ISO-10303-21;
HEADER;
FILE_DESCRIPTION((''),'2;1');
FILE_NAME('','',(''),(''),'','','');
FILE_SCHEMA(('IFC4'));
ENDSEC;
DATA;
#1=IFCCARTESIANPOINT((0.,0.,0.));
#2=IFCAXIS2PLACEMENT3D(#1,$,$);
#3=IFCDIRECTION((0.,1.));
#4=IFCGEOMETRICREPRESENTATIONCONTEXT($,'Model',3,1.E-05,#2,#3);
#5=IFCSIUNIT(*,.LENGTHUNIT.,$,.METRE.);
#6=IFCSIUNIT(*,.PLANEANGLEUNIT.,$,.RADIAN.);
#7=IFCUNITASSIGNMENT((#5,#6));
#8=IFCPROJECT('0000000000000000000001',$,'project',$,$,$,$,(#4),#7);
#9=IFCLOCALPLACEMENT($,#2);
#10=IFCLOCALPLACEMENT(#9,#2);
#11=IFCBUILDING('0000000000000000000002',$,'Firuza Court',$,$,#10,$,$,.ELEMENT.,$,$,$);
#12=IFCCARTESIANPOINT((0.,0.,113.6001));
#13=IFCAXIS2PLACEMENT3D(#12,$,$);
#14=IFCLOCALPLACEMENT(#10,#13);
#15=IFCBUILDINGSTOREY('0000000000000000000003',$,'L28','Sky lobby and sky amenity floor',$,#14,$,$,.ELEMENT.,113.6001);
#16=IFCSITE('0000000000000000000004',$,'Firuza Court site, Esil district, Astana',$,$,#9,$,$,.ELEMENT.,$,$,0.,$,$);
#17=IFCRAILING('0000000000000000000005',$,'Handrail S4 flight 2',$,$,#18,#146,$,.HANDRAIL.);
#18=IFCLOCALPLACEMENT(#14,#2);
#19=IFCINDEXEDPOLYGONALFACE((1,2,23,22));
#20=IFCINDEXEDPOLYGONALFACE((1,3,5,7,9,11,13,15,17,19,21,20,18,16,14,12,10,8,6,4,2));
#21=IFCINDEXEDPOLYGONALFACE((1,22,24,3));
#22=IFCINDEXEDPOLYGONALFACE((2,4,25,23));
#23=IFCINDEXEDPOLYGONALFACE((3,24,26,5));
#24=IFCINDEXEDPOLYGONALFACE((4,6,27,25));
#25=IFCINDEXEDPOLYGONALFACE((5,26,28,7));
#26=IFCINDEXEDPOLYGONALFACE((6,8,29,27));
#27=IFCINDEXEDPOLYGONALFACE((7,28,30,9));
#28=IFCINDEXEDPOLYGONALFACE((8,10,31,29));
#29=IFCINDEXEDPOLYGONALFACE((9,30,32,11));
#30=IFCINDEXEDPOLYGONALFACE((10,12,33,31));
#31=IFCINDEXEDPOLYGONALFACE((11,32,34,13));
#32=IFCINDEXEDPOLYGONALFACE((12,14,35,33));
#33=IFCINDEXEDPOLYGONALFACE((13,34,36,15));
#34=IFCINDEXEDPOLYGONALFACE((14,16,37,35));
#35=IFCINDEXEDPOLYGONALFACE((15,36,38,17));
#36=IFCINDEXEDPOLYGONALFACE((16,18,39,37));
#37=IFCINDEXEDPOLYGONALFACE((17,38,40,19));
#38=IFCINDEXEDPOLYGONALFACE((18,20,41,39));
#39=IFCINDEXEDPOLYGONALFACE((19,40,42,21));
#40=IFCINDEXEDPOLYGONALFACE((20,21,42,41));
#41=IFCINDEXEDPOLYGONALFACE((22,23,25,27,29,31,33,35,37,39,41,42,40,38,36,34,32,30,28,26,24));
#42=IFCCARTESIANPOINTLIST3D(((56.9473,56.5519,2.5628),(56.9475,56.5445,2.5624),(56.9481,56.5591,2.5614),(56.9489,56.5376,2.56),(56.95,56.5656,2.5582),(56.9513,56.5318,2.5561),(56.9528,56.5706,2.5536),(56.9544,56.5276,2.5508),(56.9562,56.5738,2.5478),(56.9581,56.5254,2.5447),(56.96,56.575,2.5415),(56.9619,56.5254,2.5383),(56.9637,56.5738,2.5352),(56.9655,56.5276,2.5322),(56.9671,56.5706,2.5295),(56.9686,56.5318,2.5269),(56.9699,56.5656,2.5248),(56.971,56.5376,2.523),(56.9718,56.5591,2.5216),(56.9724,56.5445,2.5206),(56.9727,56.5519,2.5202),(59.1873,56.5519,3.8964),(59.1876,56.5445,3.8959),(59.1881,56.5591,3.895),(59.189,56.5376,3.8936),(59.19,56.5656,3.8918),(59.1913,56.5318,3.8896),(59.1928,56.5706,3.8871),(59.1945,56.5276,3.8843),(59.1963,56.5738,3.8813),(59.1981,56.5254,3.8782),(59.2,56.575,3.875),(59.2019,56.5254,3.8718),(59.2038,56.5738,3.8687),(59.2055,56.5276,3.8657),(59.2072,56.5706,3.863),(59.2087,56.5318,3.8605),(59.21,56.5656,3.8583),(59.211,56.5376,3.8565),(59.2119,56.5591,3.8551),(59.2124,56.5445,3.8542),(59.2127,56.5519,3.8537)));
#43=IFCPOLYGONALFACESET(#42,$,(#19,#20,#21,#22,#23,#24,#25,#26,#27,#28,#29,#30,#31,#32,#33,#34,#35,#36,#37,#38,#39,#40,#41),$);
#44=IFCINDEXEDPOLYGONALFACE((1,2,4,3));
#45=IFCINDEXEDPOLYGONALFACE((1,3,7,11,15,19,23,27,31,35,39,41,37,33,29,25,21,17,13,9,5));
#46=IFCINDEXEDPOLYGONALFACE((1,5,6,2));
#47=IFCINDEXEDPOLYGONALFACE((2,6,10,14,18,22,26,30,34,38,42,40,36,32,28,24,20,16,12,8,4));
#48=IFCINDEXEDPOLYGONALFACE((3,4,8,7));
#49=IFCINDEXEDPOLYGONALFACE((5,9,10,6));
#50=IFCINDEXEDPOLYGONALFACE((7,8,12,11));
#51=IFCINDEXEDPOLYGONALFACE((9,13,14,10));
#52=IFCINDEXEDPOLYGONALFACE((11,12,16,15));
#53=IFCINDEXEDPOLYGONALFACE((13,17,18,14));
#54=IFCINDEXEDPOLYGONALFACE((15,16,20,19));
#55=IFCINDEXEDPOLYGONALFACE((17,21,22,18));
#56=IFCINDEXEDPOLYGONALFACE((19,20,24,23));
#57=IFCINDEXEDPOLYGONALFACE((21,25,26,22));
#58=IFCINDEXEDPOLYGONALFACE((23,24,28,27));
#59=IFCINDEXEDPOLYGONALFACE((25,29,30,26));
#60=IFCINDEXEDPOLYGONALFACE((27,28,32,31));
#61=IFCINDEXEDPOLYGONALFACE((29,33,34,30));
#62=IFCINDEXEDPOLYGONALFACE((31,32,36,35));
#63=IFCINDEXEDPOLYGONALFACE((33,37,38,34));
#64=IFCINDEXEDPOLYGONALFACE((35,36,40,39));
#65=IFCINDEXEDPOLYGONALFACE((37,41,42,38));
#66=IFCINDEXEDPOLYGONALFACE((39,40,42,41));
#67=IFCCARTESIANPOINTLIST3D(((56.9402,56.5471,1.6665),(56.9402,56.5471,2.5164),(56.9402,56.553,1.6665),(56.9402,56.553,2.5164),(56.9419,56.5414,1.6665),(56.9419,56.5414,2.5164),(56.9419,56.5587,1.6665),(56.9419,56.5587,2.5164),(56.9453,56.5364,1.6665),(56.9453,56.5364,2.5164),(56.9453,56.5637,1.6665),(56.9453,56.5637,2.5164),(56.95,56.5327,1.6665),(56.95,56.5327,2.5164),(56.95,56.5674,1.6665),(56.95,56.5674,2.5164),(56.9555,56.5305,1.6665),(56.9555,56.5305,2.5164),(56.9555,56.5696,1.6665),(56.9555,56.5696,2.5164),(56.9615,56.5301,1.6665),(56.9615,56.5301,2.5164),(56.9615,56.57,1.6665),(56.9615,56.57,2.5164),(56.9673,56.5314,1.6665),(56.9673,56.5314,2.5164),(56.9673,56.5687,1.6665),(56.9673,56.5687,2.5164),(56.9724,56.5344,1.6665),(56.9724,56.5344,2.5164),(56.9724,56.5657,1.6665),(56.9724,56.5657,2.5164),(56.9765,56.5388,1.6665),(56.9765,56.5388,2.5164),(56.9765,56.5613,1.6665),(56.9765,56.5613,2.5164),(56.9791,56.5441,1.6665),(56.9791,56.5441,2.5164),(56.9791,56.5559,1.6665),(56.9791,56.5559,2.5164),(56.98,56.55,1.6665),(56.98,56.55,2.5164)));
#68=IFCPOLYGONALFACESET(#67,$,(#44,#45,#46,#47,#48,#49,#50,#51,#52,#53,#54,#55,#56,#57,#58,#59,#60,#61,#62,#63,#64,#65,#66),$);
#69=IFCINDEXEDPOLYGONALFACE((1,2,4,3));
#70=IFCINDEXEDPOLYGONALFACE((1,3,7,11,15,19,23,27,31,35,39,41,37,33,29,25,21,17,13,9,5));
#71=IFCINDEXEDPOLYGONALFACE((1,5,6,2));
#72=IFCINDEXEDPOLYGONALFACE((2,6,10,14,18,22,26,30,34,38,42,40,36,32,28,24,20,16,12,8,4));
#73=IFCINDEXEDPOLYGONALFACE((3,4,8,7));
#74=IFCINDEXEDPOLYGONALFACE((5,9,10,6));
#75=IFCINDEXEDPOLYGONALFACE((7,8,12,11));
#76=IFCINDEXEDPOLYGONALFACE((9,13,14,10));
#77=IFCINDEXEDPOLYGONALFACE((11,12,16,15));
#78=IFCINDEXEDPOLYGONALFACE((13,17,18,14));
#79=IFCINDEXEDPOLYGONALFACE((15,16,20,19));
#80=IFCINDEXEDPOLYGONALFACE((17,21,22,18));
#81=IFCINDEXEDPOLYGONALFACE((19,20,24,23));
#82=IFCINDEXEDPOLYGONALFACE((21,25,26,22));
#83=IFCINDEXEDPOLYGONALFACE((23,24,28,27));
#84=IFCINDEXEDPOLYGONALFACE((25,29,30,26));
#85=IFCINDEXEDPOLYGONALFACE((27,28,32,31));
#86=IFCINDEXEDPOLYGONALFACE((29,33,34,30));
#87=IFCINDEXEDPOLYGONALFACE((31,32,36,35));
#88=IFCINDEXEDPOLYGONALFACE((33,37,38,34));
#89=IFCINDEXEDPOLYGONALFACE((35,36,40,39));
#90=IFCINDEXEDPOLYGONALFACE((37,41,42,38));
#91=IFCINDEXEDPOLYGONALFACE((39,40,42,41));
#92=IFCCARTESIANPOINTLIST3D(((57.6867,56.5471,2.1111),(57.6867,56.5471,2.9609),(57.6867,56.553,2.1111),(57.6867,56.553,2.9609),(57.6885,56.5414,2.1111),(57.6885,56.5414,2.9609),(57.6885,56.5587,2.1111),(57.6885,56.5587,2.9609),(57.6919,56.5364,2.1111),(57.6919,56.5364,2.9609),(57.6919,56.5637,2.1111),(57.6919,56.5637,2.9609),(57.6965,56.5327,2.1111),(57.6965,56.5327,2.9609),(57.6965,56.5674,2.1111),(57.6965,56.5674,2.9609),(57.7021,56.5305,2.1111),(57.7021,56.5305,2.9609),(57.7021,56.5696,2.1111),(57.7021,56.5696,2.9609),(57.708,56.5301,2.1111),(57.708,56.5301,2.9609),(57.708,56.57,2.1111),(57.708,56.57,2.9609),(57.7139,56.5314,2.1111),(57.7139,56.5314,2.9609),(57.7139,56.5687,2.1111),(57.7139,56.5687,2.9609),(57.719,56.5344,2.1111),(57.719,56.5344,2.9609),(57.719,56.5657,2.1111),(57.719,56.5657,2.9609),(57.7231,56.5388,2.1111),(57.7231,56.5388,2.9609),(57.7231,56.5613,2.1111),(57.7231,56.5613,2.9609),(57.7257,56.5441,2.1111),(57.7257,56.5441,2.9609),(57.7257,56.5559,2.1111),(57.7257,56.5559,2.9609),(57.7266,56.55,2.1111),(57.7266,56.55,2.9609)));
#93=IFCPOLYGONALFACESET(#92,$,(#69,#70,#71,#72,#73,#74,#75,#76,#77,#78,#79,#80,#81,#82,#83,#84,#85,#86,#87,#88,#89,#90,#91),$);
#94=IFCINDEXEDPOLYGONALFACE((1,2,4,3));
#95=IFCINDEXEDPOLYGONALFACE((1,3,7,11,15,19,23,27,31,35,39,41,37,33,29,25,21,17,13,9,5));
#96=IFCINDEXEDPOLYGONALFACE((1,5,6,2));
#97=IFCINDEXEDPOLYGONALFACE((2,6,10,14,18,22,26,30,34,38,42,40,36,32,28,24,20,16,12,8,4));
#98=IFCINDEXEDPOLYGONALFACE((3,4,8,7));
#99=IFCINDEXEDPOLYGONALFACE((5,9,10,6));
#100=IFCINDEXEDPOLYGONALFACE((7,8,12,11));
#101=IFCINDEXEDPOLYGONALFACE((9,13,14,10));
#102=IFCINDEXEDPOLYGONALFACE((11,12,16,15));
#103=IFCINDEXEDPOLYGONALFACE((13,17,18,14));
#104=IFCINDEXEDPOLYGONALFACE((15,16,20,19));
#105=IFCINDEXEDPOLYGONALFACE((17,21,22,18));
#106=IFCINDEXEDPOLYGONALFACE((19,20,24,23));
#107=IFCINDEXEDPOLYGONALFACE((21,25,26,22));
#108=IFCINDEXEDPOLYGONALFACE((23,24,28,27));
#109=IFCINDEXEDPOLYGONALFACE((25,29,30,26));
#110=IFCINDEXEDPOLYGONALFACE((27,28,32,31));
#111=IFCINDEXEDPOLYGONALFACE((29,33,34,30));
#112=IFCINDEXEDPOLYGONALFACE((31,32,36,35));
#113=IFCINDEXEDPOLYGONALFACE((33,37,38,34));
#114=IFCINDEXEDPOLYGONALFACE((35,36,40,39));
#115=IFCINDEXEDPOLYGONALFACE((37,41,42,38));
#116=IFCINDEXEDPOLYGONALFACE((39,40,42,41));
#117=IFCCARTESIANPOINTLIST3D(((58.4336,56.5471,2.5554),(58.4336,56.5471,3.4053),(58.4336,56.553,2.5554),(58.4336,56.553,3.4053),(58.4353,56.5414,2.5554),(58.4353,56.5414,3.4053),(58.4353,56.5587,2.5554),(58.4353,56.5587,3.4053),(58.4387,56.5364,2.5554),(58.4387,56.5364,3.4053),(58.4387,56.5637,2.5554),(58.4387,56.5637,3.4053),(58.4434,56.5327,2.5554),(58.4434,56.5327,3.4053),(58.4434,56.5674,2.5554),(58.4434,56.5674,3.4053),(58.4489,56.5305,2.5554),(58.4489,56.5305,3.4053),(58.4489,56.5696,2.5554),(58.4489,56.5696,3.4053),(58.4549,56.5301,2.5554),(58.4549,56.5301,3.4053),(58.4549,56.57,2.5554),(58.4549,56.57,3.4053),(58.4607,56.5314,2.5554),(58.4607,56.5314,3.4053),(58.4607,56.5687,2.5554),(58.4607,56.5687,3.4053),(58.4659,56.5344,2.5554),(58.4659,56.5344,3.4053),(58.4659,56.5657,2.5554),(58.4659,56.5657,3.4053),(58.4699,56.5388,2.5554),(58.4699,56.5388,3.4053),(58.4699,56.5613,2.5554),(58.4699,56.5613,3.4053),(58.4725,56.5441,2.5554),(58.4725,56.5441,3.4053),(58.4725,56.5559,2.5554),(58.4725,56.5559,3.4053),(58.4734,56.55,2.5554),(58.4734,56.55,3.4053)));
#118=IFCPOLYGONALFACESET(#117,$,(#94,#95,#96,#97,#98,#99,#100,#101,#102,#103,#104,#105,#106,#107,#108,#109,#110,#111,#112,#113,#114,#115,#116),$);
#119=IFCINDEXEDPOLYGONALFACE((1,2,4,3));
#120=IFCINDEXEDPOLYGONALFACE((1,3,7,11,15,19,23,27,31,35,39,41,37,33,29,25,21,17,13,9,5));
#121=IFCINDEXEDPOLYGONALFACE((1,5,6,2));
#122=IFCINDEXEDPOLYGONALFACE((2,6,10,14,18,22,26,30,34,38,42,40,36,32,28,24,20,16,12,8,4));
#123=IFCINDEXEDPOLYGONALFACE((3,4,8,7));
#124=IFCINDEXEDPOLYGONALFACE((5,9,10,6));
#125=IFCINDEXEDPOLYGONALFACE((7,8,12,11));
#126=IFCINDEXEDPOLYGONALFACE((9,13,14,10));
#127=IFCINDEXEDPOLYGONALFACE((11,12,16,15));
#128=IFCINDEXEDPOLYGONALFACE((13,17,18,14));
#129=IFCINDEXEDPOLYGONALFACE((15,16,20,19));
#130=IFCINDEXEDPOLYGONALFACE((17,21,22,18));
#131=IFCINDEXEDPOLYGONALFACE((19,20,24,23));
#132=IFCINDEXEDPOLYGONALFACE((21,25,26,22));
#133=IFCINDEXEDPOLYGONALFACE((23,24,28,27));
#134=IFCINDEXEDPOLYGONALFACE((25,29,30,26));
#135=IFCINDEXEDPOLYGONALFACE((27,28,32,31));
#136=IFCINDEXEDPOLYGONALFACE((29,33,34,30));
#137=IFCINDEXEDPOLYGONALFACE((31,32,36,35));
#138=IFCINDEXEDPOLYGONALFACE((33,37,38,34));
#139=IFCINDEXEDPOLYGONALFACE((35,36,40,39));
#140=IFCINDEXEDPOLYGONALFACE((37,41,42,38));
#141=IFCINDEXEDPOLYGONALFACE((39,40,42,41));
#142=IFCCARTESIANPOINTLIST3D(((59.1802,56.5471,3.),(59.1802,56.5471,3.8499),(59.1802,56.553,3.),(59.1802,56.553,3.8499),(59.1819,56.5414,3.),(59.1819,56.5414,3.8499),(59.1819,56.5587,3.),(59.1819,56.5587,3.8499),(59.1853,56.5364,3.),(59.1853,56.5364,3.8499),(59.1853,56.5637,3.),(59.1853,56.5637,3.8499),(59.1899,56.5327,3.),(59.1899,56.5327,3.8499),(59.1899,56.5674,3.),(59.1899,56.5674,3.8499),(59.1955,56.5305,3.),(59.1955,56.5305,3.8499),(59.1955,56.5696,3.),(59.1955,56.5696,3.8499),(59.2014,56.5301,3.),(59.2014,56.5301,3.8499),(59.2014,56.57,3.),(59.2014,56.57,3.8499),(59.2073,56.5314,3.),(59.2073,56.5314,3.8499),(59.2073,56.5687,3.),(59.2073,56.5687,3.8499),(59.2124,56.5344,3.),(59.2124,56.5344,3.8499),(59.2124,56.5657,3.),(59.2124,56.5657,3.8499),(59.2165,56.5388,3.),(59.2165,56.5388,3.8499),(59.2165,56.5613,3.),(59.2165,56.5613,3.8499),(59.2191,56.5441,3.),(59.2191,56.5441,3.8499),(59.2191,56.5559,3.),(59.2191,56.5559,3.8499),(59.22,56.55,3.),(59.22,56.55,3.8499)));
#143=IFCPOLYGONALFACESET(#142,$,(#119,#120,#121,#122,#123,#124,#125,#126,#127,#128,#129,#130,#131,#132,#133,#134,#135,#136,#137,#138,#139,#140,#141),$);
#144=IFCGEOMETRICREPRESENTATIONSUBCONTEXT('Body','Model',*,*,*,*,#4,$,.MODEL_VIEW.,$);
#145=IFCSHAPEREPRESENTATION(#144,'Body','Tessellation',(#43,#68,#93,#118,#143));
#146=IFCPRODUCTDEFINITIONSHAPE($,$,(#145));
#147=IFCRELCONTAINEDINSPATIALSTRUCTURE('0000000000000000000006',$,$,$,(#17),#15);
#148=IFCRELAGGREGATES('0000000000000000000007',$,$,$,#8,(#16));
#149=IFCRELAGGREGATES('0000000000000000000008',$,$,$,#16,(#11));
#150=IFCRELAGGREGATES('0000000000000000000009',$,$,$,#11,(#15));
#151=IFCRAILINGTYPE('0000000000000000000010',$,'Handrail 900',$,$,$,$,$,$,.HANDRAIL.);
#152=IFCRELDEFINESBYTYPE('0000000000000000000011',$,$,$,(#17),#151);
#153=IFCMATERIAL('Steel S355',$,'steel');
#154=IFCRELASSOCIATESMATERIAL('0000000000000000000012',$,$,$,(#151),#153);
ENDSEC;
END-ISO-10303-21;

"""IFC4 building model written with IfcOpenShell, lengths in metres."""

from ifc_helpers import new_model, si_unit, direction, frame, origin, origin_2d, place, context, subcontext, project, spatial, circle, extrude, material, type_object, element, save


model = new_model("IFC4")

# Units and contexts
model_context = context("Model", 3, precision=1e-05, world=origin(), true_north=direction((0.0, 1.0)))
body_context = subcontext(model_context, "Body", "Model", "MODEL_VIEW")
ifc_project = project(units=[si_unit("LENGTHUNIT", "METRE"), si_unit("PLANEANGLEUNIT", "RADIAN")], contexts=[model_context])

# Site, building, storey
site_placement = place(None, origin())
site = spatial("IfcSite", under=ifc_project, at=site_placement, Name="Firuza Court site, Esil district, Astana", CompositionType="ELEMENT", RefElevation=0.0)
building_placement = place(site_placement, origin())
building = spatial("IfcBuilding", under=site, at=building_placement, Name="Firuza Court", CompositionType="ELEMENT")
storey_placement = place(building_placement, frame((0.0, 0.0, 113.6001)))
storey = spatial("IfcBuildingStorey", under=building, at=storey_placement, Name="L28", Description="Sky lobby and sky amenity floor", CompositionType="ELEMENT", Elevation=113.6001)

# Railing
ifc_material_1 = material(Name="Steel S355", Category="steel")
railing_type_1 = type_object("IfcRailingType", Name="Handrail 900", PredefinedType="HANDRAIL", material=ifc_material_1)
railing_1_placement = place(storey_placement, frame((56.96, 56.55, 1.6665)))
element("IfcRailing", 1, at=railing_1_placement, inside=storey, type_object=railing_type_1, Name="Handrail S4 flight 2", PredefinedType="HANDRAIL", context=body_context, shape_type="SweptSolid", body=[
    extrude(circle(Radius=0.0249, at=origin_2d()), frame((0.0, 0.0, 0.875), z_axis=(0.859264, 0.0, 0.511532), x_axis=(0.0, 1.0, 0.0)), (0.0, 0.0, 1.0), 2.6069),
    extrude(circle(Radius=0.02, at=origin_2d()), origin(), (0.0, 0.0, 1.0), 0.8499),
    extrude(circle(Radius=0.02, at=origin_2d()), frame((0.7466, 0.0, 0.4446)), (0.0, 0.0, 1.0), 0.8499),
    extrude(circle(Radius=0.02, at=origin_2d()), frame((1.4934, 0.0, 0.8889)), (0.0, 0.0, 1.0), 0.8499),
    extrude(circle(Radius=0.02, at=origin_2d()), frame((2.24, 0.0, 1.3335)), (0.0, 0.0, 1.0), 0.8499),
])

save(model, "model.ifc")
